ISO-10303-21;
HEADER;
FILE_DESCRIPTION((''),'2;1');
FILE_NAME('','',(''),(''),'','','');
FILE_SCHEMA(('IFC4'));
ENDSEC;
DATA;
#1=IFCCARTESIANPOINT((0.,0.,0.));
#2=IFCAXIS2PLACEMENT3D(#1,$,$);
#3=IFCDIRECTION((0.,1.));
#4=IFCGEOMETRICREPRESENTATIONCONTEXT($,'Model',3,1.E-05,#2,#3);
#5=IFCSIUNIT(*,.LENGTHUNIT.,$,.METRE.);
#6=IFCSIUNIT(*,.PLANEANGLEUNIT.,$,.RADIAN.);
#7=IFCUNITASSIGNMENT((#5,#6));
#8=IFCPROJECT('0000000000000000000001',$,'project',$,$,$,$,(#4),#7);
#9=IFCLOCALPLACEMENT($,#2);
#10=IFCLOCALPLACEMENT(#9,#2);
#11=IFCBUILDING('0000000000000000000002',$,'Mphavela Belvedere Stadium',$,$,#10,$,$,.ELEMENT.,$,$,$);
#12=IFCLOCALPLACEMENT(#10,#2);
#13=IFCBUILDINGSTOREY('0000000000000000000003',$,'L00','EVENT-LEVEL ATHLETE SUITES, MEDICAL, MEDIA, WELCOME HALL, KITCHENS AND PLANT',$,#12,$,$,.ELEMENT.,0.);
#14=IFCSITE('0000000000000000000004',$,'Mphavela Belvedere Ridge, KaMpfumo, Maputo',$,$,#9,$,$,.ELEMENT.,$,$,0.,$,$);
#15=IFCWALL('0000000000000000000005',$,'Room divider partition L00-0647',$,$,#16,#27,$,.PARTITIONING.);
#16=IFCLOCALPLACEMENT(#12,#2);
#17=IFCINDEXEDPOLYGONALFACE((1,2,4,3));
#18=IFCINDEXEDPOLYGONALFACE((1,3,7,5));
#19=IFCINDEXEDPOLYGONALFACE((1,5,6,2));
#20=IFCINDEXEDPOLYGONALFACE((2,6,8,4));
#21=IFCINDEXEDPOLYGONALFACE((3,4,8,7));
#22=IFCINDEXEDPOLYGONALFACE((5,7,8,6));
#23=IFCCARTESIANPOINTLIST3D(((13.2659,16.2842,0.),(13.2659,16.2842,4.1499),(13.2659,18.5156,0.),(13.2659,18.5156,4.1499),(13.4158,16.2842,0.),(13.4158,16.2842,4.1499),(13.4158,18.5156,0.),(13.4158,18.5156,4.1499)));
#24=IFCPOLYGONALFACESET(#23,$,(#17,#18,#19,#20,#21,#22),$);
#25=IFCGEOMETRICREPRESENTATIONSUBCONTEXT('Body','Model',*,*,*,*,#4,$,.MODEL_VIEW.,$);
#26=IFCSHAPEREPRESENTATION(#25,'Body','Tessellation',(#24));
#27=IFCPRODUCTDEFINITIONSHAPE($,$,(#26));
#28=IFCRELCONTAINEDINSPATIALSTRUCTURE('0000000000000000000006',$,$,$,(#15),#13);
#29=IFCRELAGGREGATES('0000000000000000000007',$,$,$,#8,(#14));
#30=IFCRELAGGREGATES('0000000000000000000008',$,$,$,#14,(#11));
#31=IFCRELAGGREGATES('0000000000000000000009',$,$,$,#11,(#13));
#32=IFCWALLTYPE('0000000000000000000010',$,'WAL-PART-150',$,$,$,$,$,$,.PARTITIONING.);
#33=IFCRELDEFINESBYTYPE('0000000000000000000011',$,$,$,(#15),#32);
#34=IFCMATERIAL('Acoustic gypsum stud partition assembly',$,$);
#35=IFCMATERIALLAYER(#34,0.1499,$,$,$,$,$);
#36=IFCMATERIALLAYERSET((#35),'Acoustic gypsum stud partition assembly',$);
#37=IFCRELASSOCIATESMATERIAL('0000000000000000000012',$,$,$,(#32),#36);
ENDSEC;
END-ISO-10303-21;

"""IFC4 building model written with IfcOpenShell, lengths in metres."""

from ifc_helpers import new_model, si_unit, direction, frame, frame_2d, origin, place, context, subcontext, project, spatial, rectangle, extrude, material, layer, layer_set, type_object, element, save


model = new_model("IFC4")

# Units and contexts
model_context = context("Model", 3, precision=1e-05, world=origin(), true_north=direction((0.0, 1.0)))
body_context = subcontext(model_context, "Body", "Model", "MODEL_VIEW")
ifc_project = project(units=[si_unit("LENGTHUNIT", "METRE"), si_unit("PLANEANGLEUNIT", "RADIAN")], contexts=[model_context])

# Site, building, storey
site_placement = place(None, origin())
site = spatial("IfcSite", under=ifc_project, at=site_placement, Name="Mphavela Belvedere Ridge, KaMpfumo, Maputo", CompositionType="ELEMENT", RefElevation=0.0)
building_placement = place(site_placement, origin())
building = spatial("IfcBuilding", under=site, at=building_placement, Name="Mphavela Belvedere Stadium", CompositionType="ELEMENT")
storey_placement = place(building_placement, origin())
storey = spatial("IfcBuildingStorey", under=building, at=storey_placement, Name="L00", Description="EVENT-LEVEL ATHLETE SUITES, MEDICAL, MEDIA, WELCOME HALL, KITCHENS AND PLANT", CompositionType="ELEMENT", Elevation=0.0)

# Shared definitions
ifc_material_1 = material(Name="Acoustic gypsum stud partition assembly")
ifc_layer = layer(ifc_material_1, 0.1499)
ifc_layer_set = layer_set([ifc_layer], Name="Acoustic gypsum stud partition assembly")
wall_type = type_object("IfcWallType", Name="WAL-PART-150", PredefinedType="PARTITIONING", material=ifc_layer_set)

# Wall
wall_1_placement = place(storey_placement, frame((13.3408, 18.5156, 0.0), z_axis=(0.0, 0.0, 1.0), x_axis=(0.0, -1.0, 0.0)))
element("IfcWall", 1, at=wall_1_placement, inside=storey, type_object=wall_type, Name="Room divider partition L00-0647", PredefinedType="PARTITIONING", context=body_context, shape_type="SweptSolid", body=[
    extrude(rectangle(XDim=2.2314, YDim=0.1499, at=frame_2d((1.1157, 0.0))), origin(), (0.0, 0.0, 1.0), 4.1499),
])

save(model, "model.ifc")
